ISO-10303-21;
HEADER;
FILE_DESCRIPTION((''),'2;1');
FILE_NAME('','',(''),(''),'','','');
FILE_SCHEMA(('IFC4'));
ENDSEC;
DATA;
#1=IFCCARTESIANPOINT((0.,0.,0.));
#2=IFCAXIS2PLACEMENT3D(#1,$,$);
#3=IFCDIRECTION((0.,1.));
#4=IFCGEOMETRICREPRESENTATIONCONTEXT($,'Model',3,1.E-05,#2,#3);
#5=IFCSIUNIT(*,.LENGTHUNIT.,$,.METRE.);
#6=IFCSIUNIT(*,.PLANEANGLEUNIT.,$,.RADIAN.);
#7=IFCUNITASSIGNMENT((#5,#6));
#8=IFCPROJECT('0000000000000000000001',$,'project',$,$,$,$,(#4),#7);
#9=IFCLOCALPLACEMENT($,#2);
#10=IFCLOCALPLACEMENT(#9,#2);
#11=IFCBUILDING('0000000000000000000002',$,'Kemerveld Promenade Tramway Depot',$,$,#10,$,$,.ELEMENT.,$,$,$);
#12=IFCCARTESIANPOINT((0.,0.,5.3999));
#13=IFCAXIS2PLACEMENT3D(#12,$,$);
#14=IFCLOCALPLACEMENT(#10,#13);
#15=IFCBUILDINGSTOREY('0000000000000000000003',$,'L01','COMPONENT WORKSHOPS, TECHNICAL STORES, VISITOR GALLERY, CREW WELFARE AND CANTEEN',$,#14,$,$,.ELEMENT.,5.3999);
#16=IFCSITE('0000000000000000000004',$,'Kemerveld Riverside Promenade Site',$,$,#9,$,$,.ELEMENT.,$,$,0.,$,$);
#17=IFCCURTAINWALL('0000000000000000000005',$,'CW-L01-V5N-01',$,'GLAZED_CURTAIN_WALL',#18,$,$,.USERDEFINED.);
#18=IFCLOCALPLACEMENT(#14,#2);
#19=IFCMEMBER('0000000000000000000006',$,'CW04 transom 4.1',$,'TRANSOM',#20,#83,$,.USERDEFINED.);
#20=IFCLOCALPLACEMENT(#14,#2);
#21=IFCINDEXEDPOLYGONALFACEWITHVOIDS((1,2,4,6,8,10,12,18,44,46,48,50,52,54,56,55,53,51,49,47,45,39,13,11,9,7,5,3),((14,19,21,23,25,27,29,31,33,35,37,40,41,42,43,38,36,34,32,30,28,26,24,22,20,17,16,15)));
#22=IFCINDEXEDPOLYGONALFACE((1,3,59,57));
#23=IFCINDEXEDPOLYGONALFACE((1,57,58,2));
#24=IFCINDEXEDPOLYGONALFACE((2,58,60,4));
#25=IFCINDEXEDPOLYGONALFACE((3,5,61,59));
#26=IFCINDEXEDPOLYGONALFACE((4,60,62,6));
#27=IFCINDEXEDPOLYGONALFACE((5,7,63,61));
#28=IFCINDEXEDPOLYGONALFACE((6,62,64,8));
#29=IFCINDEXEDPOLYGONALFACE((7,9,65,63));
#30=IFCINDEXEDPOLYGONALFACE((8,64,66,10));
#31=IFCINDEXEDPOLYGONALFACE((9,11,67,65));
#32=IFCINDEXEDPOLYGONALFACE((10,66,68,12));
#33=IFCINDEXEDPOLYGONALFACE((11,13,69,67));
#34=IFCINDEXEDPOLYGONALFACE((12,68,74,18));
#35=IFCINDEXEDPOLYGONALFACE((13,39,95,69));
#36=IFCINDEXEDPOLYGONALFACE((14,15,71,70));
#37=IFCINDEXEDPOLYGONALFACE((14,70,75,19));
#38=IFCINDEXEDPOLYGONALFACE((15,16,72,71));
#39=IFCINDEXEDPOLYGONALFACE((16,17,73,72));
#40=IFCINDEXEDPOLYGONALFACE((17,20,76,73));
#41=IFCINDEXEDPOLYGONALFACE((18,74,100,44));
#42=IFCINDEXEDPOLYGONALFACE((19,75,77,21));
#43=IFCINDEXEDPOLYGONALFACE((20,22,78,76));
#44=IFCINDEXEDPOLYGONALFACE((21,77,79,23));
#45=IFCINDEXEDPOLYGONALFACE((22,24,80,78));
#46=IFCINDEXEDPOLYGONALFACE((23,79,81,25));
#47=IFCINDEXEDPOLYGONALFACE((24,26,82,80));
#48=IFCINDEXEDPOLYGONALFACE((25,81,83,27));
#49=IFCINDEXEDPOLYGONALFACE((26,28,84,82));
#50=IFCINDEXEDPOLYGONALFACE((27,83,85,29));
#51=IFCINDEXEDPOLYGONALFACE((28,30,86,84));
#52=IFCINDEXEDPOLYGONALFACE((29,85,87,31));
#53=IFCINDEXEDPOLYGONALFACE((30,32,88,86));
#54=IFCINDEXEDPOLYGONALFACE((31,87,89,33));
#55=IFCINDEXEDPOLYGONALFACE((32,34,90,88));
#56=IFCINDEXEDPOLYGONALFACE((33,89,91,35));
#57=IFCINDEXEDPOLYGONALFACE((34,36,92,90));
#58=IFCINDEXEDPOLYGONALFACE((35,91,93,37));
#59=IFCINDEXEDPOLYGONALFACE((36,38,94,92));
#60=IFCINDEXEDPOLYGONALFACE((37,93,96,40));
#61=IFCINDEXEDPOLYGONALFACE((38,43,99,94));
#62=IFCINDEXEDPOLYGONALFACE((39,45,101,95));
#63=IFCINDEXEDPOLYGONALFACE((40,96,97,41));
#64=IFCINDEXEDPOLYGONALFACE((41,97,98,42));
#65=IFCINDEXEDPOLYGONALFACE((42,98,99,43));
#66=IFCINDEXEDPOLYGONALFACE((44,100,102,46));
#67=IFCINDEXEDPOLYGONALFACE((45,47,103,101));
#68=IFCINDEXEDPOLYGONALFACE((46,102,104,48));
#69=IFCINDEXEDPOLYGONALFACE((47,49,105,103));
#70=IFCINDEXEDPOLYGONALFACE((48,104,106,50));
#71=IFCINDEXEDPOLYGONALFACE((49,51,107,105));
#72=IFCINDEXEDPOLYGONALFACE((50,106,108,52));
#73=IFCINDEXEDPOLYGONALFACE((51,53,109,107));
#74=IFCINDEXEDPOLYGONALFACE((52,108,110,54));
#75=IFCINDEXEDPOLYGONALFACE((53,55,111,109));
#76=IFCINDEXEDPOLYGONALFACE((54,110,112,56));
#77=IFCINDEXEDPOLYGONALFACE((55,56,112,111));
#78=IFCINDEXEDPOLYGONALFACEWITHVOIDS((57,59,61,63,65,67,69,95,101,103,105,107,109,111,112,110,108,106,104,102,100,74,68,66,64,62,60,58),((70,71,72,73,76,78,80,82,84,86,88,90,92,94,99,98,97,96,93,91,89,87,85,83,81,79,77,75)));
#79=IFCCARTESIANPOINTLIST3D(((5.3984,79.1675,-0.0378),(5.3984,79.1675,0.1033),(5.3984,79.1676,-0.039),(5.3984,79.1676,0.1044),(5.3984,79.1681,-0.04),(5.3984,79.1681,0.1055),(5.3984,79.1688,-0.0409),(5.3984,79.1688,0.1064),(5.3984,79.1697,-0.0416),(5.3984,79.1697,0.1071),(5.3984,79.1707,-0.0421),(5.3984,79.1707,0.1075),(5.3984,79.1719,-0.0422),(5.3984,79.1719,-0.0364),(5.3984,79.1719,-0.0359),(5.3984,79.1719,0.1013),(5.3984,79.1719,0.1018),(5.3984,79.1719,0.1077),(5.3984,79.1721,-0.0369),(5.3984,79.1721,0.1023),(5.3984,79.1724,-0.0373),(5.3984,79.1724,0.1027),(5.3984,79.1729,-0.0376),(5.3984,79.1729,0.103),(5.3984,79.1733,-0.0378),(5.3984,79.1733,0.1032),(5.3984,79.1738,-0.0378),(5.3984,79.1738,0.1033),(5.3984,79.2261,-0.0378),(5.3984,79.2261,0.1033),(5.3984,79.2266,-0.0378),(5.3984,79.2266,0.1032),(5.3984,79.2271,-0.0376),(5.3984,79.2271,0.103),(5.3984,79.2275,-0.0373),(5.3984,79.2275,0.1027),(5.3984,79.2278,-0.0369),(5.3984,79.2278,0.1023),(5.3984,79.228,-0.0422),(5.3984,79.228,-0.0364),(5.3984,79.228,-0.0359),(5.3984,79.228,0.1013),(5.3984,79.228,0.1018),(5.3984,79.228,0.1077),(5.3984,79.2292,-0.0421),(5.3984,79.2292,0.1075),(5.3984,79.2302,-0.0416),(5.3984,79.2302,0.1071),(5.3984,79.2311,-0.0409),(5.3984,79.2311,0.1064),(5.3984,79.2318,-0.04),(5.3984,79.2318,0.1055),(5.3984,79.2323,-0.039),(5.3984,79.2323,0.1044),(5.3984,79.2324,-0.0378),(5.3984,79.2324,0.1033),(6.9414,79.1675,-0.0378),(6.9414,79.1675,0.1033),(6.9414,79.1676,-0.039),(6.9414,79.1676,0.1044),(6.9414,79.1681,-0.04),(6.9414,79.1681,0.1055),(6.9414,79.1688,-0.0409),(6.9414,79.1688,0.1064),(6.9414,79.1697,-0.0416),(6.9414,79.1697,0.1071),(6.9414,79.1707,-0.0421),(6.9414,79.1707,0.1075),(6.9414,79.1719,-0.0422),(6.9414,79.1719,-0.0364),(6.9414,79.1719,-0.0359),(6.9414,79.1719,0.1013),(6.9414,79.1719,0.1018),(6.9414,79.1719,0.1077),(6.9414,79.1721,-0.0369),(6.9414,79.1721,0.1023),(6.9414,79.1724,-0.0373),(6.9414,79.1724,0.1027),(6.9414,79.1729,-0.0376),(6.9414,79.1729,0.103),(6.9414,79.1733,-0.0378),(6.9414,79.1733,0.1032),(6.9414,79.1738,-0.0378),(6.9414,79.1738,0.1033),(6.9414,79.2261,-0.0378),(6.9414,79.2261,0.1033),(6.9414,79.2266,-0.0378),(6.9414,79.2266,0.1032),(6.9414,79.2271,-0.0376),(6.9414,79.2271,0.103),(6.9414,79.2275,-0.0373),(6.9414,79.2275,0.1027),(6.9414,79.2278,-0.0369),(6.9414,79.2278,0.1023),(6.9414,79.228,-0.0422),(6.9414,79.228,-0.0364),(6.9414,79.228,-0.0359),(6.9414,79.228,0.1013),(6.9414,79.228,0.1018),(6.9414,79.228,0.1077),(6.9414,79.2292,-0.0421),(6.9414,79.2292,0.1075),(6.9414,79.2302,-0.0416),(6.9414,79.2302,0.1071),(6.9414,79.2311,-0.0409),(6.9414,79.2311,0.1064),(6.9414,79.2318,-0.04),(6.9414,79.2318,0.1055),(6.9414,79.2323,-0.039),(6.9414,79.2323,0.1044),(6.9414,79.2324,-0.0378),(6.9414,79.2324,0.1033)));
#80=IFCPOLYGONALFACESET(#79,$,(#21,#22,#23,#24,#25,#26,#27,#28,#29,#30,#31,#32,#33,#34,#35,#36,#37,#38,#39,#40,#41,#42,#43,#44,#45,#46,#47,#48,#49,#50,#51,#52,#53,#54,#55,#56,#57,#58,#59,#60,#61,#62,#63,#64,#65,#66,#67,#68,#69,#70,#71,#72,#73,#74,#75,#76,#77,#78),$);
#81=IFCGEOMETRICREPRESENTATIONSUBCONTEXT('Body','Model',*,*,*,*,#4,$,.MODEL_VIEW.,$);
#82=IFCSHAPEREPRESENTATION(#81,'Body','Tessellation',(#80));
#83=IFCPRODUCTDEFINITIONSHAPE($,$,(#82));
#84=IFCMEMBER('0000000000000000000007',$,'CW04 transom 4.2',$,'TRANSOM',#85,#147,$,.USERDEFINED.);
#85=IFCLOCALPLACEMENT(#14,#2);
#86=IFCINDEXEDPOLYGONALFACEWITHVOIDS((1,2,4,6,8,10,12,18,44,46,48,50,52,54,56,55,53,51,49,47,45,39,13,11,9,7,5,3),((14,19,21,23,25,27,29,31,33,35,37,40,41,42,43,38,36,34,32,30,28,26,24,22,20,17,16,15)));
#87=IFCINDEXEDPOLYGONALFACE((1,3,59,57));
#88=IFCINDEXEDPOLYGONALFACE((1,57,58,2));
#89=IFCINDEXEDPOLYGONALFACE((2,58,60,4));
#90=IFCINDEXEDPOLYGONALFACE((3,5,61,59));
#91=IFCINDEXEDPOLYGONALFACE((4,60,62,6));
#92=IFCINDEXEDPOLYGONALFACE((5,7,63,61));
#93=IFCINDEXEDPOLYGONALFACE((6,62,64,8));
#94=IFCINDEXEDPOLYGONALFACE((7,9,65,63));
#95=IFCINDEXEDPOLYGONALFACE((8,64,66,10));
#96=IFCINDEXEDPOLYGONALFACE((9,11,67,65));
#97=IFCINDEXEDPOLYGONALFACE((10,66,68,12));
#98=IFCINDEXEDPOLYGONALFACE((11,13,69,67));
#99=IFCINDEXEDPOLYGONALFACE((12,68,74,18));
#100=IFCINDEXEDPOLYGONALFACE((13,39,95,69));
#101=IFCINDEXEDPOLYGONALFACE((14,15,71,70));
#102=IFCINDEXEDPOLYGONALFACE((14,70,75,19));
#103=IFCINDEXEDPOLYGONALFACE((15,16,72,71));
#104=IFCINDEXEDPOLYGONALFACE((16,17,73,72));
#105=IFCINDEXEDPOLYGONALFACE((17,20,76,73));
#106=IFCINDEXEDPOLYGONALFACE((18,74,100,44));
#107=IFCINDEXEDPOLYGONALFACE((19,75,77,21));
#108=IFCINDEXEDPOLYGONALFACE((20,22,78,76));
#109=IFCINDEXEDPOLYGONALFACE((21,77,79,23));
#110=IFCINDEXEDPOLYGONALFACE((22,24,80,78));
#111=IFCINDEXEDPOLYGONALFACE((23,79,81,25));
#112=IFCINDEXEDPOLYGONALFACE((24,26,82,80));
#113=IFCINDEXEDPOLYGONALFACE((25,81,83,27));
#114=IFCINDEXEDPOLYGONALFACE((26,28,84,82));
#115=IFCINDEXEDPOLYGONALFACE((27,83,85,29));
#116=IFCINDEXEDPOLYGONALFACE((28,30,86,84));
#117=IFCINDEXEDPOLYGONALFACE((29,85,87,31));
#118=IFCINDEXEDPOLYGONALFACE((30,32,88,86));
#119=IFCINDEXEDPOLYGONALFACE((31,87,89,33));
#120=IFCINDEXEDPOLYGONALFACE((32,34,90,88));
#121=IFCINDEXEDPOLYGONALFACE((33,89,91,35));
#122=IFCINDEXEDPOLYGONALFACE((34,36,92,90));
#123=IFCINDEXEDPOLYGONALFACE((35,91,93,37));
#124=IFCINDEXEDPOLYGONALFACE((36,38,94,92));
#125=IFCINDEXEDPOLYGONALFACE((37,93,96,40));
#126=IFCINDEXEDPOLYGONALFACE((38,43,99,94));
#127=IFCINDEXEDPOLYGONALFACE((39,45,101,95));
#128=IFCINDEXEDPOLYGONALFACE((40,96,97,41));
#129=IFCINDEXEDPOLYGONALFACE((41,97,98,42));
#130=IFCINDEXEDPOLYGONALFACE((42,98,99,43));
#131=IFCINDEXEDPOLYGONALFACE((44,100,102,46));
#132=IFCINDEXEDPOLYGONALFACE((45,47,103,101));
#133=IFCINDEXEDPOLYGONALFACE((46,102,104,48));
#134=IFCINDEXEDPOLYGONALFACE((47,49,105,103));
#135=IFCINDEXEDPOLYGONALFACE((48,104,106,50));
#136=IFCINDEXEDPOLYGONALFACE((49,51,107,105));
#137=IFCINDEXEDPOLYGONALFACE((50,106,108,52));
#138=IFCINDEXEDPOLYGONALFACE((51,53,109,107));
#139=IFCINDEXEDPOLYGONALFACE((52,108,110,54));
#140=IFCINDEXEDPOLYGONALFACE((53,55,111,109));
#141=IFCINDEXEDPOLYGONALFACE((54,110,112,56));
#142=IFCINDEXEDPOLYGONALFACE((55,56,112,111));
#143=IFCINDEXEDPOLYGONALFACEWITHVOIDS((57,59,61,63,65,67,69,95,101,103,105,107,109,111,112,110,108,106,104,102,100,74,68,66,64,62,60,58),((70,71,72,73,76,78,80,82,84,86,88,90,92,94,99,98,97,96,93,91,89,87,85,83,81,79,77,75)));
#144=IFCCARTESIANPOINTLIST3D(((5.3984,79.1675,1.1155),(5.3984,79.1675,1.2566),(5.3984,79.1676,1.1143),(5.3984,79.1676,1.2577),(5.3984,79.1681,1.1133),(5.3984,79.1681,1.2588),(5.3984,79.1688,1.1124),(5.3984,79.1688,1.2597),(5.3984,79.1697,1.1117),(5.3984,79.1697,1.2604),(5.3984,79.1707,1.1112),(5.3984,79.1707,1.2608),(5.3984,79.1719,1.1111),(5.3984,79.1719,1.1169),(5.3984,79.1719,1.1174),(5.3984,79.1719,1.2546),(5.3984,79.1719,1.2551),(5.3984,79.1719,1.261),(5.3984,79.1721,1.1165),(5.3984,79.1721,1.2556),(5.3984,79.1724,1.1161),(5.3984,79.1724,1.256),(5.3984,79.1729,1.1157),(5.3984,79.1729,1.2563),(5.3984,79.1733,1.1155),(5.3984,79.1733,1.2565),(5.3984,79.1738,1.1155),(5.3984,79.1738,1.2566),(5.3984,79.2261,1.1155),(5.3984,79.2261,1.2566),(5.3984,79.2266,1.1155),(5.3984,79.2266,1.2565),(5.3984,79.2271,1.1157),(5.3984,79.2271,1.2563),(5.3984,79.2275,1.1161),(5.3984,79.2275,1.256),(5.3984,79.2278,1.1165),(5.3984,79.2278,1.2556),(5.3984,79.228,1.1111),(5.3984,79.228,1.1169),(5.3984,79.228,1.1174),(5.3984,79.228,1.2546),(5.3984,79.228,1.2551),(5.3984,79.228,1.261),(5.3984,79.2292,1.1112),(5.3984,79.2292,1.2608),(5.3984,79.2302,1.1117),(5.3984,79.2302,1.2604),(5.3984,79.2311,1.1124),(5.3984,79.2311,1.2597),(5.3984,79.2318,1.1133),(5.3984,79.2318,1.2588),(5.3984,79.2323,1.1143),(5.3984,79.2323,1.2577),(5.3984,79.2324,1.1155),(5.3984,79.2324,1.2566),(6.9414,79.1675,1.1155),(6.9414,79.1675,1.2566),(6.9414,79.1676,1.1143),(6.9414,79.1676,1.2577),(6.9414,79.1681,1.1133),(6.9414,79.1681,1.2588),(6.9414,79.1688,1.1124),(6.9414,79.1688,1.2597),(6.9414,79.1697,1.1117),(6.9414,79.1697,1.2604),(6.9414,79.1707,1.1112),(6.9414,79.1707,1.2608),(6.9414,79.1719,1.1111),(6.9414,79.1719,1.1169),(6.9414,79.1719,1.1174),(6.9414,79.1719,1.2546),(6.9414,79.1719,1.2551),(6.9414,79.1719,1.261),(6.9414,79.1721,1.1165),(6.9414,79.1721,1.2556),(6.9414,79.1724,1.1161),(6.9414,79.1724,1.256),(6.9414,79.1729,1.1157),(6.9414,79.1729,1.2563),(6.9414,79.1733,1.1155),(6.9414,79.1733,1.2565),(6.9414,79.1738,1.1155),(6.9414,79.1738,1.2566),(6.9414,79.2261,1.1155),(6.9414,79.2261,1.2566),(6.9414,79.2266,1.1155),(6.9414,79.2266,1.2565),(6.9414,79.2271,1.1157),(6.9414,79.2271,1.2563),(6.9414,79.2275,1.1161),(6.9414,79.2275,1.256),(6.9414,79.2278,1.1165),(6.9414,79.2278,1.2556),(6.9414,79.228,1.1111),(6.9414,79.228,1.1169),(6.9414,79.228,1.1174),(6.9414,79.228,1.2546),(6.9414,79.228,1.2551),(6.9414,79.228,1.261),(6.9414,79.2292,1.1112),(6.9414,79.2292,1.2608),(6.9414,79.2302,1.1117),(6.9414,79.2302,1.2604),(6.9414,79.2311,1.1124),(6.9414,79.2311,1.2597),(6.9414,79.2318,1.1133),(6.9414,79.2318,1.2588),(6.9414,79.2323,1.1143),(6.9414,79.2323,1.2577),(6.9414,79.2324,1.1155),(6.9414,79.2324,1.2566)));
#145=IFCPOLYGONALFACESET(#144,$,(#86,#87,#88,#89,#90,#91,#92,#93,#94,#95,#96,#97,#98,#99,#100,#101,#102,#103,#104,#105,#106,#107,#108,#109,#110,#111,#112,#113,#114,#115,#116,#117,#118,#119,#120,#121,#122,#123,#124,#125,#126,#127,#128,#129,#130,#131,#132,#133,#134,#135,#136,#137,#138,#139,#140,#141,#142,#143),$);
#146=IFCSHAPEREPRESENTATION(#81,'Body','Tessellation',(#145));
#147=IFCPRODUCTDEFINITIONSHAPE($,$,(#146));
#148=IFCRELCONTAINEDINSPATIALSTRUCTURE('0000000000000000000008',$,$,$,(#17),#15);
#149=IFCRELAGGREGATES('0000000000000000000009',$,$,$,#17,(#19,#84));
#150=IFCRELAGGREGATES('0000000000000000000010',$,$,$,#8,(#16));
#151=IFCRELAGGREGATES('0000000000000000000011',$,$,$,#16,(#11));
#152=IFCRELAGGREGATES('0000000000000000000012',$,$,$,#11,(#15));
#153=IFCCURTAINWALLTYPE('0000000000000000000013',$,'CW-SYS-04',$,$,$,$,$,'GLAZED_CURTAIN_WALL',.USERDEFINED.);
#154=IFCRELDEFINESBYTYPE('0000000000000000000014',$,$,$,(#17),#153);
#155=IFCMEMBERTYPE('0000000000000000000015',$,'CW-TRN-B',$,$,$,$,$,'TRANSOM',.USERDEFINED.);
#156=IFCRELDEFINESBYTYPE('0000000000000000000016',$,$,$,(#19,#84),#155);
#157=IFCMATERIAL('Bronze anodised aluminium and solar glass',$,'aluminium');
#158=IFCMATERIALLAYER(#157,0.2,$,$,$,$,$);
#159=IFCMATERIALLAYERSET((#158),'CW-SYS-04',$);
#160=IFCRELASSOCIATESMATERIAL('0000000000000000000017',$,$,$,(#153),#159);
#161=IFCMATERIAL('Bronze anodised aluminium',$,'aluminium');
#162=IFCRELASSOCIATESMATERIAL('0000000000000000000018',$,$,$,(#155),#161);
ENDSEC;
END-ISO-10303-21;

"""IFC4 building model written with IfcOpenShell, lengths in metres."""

from ifc_helpers import new_model, si_unit, direction, frame, origin, origin_2d, place, context, subcontext, project, spatial, hollow_rectangle, extrude, material, layer, layer_set, material_profile, profile_set, type_object, element, aggregate, save


model = new_model("IFC4")

# Units and contexts
model_context = context("Model", 3, precision=1e-05, world=origin(), true_north=direction((0.0, 1.0)))
body_context = subcontext(model_context, "Body", "Model", "MODEL_VIEW")
ifc_project = project(units=[si_unit("LENGTHUNIT", "METRE"), si_unit("PLANEANGLEUNIT", "RADIAN")], contexts=[model_context])

# Site, building, storey
site_placement = place(None, origin())
site = spatial("IfcSite", under=ifc_project, at=site_placement, Name="Kemerveld Riverside Promenade Site", CompositionType="ELEMENT", RefElevation=0.0)
building_placement = place(site_placement, origin())
building = spatial("IfcBuilding", under=site, at=building_placement, Name="Kemerveld Promenade Tramway Depot", CompositionType="ELEMENT")
storey_placement = place(building_placement, frame((0.0, 0.0, 5.3999)))
storey = spatial("IfcBuildingStorey", under=building, at=storey_placement, Name="L01", Description="COMPONENT WORKSHOPS, TECHNICAL STORES, VISITOR GALLERY, CREW WELFARE AND CANTEEN", CompositionType="ELEMENT", Elevation=5.3999)

# Curtain wall
ifc_material_1 = material(Name="Bronze anodised aluminium and solar glass", Category="aluminium")
ifc_layer_1 = layer(ifc_material_1, 0.2)
ifc_layer_set_1 = layer_set([ifc_layer_1], Name="CW-SYS-04")
curtain_wall_type_1 = type_object("IfcCurtainWallType", Name="CW-SYS-04", ElementType="GLAZED_CURTAIN_WALL", PredefinedType="USERDEFINED", material=ifc_layer_set_1)
curtain_wall_1_placement = place(storey_placement, origin())
curtain_wall_1 = element("IfcCurtainWall", 1, at=curtain_wall_1_placement, inside=storey, type_object=curtain_wall_type_1, Name="CW-L01-V5N-01", ObjectType="GLAZED_CURTAIN_WALL", PredefinedType="USERDEFINED")
ifc_material_2 = material(Name="Bronze anodised aluminium", Category="aluminium")

# Members
ifc_material_profile_1 = material_profile(ifc_material_2, hollow_rectangle(XDim=0.0649, YDim=0.1499, WallThickness=0.0044, InnerFilletRadius=0.002, OuterFilletRadius=0.0044, at=origin_2d()), Name="CW-TRN-150x65")
ifc_profile_set_1 = profile_set([ifc_material_profile_1], Name="Bronze anodised aluminium")
member_type_1 = type_object("IfcMemberType", Name="CW-TRN-B", ElementType="TRANSOM", PredefinedType="USERDEFINED", material=ifc_profile_set_1)
member_1_placement = place(storey_placement, frame((5.3984, 79.2, 0.0327), z_axis=(1.0, 0.0, 0.0), x_axis=(0.0, 1.0, 0.0)))
member_1 = element("IfcMember", 2, at=member_1_placement, type_object=member_type_1, Name="CW04 transom 4.1", ObjectType="TRANSOM", PredefinedType="USERDEFINED", context=body_context, shape_type="SweptSolid", body=[
    extrude(hollow_rectangle(XDim=0.0649, YDim=0.1499, WallThickness=0.0044, InnerFilletRadius=0.002, OuterFilletRadius=0.0044, at=origin_2d()), origin(), (0.0, 0.0, 1.0), 1.543),
])
member_2_placement = place(storey_placement, frame((5.3984, 79.2, 1.186), z_axis=(1.0, 0.0, 0.0), x_axis=(0.0, 1.0, 0.0)))
member_2 = element("IfcMember", 3, at=member_2_placement, type_object=member_type_1, Name="CW04 transom 4.2", ObjectType="TRANSOM", PredefinedType="USERDEFINED", context=body_context, shape_type="SweptSolid", body=[
    extrude(hollow_rectangle(XDim=0.0649, YDim=0.1499, WallThickness=0.0044, InnerFilletRadius=0.002, OuterFilletRadius=0.0044, at=origin_2d()), origin(), (0.0, 0.0, 1.0), 1.543),
])

aggregate(curtain_wall_1, [member_1, member_2])

save(model, "model.ifc")
